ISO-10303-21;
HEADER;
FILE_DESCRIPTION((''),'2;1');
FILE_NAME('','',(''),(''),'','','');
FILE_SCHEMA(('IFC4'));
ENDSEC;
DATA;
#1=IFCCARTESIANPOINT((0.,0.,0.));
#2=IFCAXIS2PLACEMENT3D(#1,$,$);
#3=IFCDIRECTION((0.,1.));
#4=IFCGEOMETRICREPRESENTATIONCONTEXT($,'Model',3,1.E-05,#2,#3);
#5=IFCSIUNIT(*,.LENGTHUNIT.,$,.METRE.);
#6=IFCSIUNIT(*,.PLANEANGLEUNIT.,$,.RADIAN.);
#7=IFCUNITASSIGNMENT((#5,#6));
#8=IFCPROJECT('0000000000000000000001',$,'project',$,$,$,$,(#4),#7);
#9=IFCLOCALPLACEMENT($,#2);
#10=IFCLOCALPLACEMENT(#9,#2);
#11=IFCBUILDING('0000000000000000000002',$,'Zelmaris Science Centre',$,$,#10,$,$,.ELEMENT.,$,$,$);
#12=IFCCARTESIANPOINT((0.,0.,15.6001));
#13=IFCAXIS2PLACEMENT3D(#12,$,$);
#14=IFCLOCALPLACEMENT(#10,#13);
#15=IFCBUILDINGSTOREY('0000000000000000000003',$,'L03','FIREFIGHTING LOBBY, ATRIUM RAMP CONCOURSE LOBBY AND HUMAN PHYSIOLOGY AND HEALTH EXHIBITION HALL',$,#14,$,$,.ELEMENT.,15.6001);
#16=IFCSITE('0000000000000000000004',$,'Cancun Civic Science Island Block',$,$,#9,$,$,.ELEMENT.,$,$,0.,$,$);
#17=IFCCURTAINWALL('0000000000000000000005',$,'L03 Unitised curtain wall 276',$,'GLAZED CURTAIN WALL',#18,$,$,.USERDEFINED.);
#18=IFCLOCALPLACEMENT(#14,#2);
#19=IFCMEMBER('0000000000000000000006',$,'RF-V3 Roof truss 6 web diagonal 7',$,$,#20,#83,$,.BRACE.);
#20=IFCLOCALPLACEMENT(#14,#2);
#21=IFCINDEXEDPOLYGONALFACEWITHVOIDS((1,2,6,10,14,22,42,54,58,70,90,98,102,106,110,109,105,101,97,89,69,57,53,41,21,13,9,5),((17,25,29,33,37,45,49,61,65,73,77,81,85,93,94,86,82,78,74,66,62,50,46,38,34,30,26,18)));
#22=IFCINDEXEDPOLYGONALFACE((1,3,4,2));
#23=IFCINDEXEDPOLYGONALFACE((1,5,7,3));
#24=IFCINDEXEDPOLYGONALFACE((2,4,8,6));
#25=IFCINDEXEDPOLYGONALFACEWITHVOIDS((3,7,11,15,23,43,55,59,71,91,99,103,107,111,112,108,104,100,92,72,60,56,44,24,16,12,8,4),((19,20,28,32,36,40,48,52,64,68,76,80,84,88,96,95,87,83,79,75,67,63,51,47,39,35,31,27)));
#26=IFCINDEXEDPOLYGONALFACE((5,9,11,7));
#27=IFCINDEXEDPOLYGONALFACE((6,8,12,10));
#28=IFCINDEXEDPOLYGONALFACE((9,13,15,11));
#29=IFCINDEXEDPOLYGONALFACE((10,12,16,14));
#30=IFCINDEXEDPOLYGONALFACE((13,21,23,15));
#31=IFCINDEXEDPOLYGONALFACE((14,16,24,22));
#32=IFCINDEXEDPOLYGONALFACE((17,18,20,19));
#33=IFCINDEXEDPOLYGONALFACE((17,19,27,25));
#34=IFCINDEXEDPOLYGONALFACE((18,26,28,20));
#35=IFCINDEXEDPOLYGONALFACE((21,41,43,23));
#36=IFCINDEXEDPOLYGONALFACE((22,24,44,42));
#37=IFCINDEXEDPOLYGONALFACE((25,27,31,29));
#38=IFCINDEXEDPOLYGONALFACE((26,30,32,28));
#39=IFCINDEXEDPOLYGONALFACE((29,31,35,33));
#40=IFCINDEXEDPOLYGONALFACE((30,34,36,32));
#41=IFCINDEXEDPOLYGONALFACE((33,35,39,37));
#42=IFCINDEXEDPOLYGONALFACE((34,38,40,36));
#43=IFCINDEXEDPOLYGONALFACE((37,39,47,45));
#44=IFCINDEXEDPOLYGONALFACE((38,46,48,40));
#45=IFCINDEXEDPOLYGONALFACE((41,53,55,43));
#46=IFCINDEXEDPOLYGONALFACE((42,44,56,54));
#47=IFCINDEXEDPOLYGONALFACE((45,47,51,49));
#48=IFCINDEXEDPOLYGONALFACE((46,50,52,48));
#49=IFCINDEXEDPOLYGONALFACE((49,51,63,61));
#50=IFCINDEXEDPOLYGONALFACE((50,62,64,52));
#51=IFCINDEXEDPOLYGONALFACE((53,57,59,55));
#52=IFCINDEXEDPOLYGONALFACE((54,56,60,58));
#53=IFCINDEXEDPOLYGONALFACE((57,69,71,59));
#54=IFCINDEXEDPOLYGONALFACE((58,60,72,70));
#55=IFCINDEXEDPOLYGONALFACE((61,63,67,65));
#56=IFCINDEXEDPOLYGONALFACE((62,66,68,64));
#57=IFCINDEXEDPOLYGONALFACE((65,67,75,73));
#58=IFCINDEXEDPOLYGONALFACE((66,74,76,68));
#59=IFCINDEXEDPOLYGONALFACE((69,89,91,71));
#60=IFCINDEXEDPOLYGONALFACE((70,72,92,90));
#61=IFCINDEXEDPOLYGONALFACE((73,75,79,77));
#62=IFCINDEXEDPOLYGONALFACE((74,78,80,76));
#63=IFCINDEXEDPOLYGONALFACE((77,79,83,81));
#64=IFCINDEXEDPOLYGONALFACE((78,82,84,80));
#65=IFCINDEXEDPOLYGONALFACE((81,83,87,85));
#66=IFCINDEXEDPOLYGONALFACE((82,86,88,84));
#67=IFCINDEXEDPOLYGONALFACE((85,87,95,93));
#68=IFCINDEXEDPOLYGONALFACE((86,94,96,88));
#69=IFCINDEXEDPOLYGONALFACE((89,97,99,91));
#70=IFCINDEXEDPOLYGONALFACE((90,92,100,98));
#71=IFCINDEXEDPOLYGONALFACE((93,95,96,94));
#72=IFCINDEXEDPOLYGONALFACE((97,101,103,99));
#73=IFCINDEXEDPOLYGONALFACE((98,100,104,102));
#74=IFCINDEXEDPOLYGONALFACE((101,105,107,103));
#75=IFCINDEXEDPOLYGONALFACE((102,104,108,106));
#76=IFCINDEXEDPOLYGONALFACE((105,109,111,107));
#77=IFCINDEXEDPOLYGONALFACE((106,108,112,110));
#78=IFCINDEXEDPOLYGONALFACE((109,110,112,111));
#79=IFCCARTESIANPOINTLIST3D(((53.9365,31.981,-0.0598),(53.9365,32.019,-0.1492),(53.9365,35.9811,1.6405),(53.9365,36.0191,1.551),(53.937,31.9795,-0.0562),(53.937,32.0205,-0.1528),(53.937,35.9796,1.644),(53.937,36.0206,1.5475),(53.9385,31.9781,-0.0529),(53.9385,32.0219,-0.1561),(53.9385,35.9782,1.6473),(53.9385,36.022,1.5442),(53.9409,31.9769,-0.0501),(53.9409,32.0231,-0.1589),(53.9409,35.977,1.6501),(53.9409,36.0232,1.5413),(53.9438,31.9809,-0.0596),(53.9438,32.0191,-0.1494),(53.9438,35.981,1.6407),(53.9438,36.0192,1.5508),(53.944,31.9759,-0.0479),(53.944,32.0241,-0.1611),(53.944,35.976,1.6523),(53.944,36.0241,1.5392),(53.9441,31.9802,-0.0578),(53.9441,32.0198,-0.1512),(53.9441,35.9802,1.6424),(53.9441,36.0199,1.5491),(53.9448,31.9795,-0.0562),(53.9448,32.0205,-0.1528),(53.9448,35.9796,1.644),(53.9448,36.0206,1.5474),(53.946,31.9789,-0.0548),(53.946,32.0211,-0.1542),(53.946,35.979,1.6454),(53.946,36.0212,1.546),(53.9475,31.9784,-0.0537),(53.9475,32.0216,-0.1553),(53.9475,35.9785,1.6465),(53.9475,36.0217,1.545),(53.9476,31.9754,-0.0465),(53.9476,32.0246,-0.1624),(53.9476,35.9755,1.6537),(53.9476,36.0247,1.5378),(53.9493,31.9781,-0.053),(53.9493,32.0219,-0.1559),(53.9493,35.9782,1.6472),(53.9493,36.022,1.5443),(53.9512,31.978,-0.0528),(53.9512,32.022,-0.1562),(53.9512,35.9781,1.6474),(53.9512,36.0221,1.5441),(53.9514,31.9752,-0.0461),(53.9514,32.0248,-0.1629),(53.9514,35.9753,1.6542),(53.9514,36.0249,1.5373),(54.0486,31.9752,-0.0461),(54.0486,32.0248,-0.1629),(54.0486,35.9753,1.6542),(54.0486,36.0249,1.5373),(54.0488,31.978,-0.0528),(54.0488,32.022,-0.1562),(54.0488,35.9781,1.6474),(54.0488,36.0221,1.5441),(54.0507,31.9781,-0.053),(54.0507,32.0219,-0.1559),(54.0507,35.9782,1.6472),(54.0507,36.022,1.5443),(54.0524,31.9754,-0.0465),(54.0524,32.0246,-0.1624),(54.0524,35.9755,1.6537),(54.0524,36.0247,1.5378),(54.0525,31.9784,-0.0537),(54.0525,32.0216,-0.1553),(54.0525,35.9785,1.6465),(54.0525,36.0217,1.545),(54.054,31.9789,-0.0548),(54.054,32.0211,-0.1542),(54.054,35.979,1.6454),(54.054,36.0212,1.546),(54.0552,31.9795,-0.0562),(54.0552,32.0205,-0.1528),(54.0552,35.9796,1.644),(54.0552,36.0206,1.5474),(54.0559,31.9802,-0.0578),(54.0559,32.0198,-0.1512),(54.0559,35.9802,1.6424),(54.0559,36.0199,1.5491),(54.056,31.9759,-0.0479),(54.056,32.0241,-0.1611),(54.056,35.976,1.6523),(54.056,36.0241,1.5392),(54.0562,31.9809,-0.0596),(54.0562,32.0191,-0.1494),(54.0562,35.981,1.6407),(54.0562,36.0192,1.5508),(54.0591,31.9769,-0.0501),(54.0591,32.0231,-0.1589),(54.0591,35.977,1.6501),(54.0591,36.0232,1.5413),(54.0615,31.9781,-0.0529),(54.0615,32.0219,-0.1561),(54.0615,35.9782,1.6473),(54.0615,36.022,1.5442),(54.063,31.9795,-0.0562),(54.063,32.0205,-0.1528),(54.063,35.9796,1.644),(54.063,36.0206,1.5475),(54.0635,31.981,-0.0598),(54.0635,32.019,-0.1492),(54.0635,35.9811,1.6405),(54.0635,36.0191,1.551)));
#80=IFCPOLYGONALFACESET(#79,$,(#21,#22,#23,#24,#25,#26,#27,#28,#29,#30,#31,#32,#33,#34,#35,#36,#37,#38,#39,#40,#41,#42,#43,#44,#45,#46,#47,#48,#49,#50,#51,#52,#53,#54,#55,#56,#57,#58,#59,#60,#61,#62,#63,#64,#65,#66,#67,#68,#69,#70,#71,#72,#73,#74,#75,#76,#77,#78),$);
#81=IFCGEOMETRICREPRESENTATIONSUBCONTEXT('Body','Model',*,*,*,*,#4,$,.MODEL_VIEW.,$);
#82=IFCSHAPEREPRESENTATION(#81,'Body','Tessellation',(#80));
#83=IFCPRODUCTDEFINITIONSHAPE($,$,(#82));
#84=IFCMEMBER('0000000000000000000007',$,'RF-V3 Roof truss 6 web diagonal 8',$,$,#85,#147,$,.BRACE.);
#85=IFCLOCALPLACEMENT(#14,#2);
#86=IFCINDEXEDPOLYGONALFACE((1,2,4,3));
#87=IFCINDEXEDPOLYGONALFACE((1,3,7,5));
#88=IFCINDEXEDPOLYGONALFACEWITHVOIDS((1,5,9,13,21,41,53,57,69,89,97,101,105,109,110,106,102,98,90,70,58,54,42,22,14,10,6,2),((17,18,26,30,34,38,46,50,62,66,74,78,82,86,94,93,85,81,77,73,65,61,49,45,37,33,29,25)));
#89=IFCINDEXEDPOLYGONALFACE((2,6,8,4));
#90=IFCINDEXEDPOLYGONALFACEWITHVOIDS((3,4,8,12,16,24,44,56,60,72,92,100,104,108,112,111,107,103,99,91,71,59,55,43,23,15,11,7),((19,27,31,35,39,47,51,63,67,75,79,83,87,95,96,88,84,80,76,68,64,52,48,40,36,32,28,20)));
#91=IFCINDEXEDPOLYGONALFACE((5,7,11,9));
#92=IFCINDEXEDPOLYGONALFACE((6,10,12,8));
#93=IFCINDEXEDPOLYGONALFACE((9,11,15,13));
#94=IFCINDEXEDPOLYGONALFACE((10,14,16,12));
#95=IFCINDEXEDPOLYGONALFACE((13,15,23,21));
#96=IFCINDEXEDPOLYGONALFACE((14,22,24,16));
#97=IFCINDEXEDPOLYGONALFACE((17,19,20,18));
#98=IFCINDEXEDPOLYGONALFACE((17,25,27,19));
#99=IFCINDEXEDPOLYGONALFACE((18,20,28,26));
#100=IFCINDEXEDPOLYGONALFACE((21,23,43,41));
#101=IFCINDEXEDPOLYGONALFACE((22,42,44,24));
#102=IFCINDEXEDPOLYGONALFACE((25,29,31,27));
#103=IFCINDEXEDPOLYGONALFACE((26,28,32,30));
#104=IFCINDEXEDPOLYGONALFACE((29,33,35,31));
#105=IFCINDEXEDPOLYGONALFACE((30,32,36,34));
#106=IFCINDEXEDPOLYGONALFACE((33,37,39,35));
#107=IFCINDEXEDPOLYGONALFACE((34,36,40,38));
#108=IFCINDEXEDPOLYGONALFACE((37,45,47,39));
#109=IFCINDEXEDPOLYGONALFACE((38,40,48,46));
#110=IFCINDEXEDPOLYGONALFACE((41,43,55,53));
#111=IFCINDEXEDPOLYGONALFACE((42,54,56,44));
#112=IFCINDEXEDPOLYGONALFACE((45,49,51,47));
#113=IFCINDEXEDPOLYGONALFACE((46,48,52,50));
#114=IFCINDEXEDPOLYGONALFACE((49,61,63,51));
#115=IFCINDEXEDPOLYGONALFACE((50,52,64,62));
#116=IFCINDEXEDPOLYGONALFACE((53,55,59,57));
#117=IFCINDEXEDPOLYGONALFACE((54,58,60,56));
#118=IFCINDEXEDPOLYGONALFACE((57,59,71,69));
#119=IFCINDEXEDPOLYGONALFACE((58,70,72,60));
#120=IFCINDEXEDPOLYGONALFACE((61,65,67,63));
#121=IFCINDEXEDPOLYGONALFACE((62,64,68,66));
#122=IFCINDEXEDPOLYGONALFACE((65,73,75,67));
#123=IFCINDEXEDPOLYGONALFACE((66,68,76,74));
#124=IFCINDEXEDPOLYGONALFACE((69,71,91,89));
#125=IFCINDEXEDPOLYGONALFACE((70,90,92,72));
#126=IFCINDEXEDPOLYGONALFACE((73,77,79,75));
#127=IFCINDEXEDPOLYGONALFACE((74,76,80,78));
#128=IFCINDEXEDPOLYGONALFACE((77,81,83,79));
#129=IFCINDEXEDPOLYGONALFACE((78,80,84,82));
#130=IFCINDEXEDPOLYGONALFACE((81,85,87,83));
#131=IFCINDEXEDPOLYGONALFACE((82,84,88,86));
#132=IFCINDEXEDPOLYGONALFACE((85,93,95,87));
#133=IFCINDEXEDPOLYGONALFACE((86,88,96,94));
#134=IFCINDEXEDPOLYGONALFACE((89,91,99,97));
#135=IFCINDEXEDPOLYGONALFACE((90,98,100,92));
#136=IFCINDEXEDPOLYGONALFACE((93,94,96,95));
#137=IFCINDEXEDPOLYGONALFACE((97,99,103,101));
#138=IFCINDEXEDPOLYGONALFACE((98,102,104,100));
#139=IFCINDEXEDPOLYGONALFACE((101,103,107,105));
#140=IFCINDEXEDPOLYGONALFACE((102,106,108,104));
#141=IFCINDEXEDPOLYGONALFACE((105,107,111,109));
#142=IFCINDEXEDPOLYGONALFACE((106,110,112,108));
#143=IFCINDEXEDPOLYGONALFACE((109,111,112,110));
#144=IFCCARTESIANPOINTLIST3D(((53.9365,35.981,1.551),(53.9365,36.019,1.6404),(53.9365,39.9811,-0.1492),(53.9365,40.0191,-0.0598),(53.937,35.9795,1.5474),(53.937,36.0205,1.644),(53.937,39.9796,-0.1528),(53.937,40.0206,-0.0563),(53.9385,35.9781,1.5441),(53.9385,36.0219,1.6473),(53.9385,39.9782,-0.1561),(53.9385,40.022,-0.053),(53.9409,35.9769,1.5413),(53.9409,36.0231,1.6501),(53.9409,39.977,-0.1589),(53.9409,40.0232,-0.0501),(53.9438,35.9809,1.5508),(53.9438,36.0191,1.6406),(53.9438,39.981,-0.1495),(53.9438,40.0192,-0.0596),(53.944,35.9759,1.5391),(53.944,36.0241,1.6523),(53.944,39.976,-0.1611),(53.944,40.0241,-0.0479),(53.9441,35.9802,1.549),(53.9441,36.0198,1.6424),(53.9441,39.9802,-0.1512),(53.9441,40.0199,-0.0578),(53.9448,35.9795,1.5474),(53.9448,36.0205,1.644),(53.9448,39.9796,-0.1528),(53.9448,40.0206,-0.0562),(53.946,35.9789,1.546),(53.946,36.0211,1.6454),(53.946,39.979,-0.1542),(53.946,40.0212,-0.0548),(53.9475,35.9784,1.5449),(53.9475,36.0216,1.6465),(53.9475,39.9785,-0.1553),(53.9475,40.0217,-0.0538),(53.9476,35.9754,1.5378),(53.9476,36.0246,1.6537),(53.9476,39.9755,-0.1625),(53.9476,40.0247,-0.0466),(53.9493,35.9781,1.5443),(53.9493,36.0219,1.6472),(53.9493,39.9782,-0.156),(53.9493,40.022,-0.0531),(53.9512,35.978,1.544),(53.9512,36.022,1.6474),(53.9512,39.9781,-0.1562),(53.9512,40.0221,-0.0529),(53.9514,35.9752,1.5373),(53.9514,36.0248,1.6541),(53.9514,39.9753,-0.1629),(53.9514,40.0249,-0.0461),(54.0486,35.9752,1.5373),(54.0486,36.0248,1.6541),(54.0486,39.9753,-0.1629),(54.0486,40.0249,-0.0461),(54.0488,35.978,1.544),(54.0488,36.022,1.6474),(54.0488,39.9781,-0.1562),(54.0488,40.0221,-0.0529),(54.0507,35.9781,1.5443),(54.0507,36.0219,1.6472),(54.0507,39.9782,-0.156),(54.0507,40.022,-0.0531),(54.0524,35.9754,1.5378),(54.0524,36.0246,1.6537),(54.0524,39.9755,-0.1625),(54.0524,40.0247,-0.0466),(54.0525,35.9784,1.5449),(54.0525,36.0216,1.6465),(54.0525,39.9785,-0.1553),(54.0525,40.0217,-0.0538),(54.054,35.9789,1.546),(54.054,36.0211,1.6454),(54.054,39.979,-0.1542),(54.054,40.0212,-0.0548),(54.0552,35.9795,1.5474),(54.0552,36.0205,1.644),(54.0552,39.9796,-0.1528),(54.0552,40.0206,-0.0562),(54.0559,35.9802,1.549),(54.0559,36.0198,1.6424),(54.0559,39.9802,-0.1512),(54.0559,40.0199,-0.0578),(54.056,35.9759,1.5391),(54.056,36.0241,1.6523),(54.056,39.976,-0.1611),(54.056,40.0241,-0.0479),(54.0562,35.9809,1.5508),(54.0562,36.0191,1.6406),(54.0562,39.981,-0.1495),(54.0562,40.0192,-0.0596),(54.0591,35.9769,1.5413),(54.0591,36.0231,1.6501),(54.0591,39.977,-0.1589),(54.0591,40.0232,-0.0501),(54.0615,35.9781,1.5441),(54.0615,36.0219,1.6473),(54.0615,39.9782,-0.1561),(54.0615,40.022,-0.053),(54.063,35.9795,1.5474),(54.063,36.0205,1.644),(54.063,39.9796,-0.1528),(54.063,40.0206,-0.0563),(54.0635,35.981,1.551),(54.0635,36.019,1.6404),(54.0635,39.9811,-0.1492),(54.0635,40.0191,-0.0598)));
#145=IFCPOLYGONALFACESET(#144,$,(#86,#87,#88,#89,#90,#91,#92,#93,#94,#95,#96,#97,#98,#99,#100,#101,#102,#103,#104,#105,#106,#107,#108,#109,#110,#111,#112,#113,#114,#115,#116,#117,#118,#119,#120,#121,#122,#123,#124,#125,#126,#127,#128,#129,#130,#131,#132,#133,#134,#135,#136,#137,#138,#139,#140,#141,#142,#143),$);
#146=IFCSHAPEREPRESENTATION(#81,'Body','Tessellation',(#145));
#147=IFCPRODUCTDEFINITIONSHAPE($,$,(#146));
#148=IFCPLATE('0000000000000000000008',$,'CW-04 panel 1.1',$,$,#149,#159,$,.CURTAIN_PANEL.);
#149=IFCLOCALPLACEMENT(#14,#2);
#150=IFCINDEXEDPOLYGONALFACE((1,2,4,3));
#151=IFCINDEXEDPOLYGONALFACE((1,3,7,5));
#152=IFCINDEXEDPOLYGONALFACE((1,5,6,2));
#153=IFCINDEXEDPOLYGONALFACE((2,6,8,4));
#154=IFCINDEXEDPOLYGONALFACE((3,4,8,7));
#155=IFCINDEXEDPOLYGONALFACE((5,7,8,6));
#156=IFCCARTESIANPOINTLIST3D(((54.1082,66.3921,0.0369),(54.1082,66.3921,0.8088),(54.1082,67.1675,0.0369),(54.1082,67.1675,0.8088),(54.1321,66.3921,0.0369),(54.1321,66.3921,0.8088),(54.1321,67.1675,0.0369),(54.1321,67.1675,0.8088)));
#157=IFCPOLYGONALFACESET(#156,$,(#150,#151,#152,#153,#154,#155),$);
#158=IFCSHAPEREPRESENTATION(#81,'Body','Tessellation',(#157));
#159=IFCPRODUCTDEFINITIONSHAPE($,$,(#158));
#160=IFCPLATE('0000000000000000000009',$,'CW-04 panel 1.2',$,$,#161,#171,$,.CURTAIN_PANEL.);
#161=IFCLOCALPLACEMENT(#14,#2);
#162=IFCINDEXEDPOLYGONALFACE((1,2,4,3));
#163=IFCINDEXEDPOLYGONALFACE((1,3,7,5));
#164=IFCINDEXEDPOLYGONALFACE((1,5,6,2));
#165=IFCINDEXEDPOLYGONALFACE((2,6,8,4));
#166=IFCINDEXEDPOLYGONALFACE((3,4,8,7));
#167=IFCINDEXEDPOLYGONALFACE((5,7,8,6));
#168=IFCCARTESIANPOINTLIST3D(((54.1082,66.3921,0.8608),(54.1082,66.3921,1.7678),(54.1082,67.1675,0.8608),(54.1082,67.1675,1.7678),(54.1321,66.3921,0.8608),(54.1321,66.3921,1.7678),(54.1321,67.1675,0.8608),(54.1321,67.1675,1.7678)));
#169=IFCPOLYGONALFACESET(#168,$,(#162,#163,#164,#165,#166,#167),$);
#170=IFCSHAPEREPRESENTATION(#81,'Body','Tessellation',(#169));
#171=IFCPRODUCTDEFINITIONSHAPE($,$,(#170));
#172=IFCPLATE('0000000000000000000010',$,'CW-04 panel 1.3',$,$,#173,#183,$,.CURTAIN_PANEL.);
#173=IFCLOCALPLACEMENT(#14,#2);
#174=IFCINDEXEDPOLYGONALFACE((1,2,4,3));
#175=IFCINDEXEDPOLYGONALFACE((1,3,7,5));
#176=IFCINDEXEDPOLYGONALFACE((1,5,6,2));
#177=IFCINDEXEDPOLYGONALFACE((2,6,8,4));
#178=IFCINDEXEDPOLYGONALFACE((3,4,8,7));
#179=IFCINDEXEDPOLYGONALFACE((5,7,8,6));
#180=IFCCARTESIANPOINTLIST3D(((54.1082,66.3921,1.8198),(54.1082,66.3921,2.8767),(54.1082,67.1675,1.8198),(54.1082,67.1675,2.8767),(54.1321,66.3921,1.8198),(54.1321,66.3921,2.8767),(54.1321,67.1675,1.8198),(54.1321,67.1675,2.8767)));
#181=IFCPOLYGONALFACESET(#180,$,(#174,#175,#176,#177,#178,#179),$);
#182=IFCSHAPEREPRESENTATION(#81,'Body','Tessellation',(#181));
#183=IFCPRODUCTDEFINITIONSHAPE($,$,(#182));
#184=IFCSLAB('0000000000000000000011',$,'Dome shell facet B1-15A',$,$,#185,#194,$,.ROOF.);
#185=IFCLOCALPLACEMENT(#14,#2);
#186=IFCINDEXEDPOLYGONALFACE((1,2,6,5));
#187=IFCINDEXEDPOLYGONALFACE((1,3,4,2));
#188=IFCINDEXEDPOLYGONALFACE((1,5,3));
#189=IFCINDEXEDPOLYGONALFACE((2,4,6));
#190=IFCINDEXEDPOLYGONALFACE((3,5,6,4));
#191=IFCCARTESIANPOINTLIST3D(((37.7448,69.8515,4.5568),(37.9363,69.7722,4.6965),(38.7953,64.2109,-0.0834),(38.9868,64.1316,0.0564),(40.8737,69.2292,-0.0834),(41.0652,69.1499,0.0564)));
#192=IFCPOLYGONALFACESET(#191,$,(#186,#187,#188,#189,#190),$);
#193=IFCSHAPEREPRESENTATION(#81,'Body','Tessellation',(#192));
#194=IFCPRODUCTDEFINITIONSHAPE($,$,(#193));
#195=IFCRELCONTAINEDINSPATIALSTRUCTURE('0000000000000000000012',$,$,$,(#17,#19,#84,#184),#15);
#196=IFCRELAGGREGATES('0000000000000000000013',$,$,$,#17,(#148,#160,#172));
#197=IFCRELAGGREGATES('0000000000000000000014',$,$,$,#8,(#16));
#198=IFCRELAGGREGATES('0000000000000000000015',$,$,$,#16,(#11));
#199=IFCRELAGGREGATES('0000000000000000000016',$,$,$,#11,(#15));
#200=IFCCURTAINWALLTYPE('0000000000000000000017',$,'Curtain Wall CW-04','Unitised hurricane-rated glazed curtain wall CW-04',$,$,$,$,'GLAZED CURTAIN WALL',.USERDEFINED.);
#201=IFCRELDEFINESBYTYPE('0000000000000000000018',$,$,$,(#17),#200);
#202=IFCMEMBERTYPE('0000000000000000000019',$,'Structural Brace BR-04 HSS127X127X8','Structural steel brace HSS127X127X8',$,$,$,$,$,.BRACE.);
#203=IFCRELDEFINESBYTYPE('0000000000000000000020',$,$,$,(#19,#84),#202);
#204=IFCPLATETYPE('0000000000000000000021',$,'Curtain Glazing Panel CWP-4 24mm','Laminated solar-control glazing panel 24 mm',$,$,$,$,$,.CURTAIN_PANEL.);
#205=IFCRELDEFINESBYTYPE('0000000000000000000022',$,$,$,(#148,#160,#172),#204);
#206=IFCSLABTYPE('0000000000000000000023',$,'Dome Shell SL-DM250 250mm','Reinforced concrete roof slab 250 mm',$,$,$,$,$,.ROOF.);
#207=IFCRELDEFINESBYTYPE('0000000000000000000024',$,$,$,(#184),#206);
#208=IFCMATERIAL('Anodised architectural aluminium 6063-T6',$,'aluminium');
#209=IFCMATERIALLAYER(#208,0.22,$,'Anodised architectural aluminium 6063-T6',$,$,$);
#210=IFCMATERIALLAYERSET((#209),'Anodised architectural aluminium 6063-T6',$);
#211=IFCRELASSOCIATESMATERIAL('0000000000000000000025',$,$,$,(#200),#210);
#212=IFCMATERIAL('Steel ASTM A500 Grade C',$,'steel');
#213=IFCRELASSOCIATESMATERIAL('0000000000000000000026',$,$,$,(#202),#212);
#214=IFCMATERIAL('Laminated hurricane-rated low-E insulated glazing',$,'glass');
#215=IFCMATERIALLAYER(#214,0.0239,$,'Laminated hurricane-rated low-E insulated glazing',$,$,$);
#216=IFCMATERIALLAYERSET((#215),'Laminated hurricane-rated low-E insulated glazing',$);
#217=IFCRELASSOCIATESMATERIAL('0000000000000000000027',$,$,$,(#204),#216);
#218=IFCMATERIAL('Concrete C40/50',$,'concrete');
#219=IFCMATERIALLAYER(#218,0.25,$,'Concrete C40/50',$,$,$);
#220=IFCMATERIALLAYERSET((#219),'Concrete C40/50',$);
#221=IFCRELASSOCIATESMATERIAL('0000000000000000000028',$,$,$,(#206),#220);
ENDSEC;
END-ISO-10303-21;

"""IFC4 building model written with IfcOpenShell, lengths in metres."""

from ifc_helpers import new_model, si_unit, direction, frame, origin, origin_2d, place, context, subcontext, project, spatial, polyline, rectangle, hollow_rectangle, outline, extrude, material, layer, layer_set, material_profile, profile_set, type_object, element, aggregate, save


model = new_model("IFC4")

# Units and contexts
model_context = context("Model", 3, precision=1e-05, world=origin(), true_north=direction((0.0, 1.0)))
body_context = subcontext(model_context, "Body", "Model", "MODEL_VIEW")
ifc_project = project(units=[si_unit("LENGTHUNIT", "METRE"), si_unit("PLANEANGLEUNIT", "RADIAN")], contexts=[model_context])

# Site, building, storey
site_placement = place(None, origin())
site = spatial("IfcSite", under=ifc_project, at=site_placement, Name="Cancun Civic Science Island Block", CompositionType="ELEMENT", RefElevation=0.0)
building_placement = place(site_placement, origin())
building = spatial("IfcBuilding", under=site, at=building_placement, Name="Zelmaris Science Centre", CompositionType="ELEMENT")
storey_placement = place(building_placement, frame((0.0, 0.0, 15.6001)))
storey = spatial("IfcBuildingStorey", under=building, at=storey_placement, Name="L03", Description="FIREFIGHTING LOBBY, ATRIUM RAMP CONCOURSE LOBBY AND HUMAN PHYSIOLOGY AND HEALTH EXHIBITION HALL", CompositionType="ELEMENT", Elevation=15.6001)

# Curtain wall
ifc_material_1 = material(Name="Anodised architectural aluminium 6063-T6", Category="aluminium")
ifc_layer_1 = layer(ifc_material_1, 0.22, Name="Anodised architectural aluminium 6063-T6")
ifc_layer_set_1 = layer_set([ifc_layer_1], Name="Anodised architectural aluminium 6063-T6")
curtain_wall_type = type_object("IfcCurtainWallType", Name="Curtain Wall CW-04", Description="Unitised hurricane-rated glazed curtain wall CW-04", ElementType="GLAZED CURTAIN WALL", PredefinedType="USERDEFINED", material=ifc_layer_set_1)
curtain_wall_placement = place(storey_placement, origin())
curtain_wall = element("IfcCurtainWall", 1, at=curtain_wall_placement, inside=storey, type_object=curtain_wall_type, Name="L03 Unitised curtain wall 276", ObjectType="GLAZED CURTAIN WALL", PredefinedType="USERDEFINED")

# Shared definitions
ifc_material_2 = material(Name="Steel ASTM A500 Grade C", Category="steel")

# Members
ifc_material_profile_1 = material_profile(ifc_material_2, hollow_rectangle(XDim=0.127, YDim=0.127, WallThickness=0.0073, InnerFilletRadius=0.0073, OuterFilletRadius=0.0149, at=origin_2d()), Name="HSS127X127X8")
ifc_profile_set_1 = profile_set([ifc_material_profile_1], Name="Steel ASTM A500 Grade C")
member_type_1 = type_object("IfcMemberType", Name="Structural Brace BR-04 HSS127X127X8", Description="Structural steel brace HSS127X127X8", PredefinedType="BRACE", material=ifc_profile_set_1)
for number, where, z_axis, x_axis, name in (
    (2, (54.0, 32.0, -0.1045), (0.0, 0.920315, 0.391179), (-1.0, 0.0, 0.0), "RF-V3 Roof truss 6 web diagonal 7"),
    (3, (54.0, 36.0, 1.5957), (0.0, 0.920315, -0.391179), (-1.0, 0.0, 0.0), "RF-V3 Roof truss 6 web diagonal 8"),
):
    element("IfcMember", number, at=place(storey_placement, frame(where, z_axis=z_axis, x_axis=x_axis)), inside=storey, type_object=member_type_1, Name=name, PredefinedType="BRACE", context=body_context, shape_type="SweptSolid", body=[
        extrude(hollow_rectangle(XDim=0.127, YDim=0.127, WallThickness=0.0073, InnerFilletRadius=0.0073, OuterFilletRadius=0.0149, at=origin_2d()), origin(), (0.0, 0.0, 1.0), 4.3464),
    ])

# Plates
ifc_material_3 = material(Name="Laminated hurricane-rated low-E insulated glazing", Category="glass")
ifc_layer_2 = layer(ifc_material_3, 0.0239, Name="Laminated hurricane-rated low-E insulated glazing")
ifc_layer_set_2 = layer_set([ifc_layer_2], Name="Laminated hurricane-rated low-E insulated glazing")
plate_type = type_object("IfcPlateType", Name="Curtain Glazing Panel CWP-4 24mm", Description="Laminated solar-control glazing panel 24 mm", PredefinedType="CURTAIN_PANEL", material=ifc_layer_set_2)
plate_1_placement = place(storey_placement, frame((54.1201, 66.7798, 0.0369), z_axis=(0.0, 0.0, 1.0), x_axis=(0.0, 1.0, 0.0)))
plate_1 = element("IfcPlate", 4, at=plate_1_placement, type_object=plate_type, Name="CW-04 panel 1.1", PredefinedType="CURTAIN_PANEL", context=body_context, shape_type="SweptSolid", body=[
    extrude(rectangle(XDim=0.7754, YDim=0.0239, at=origin_2d()), origin(), (0.0, 0.0, 1.0), 0.772),
])
plate_2_placement = place(storey_placement, frame((54.1201, 66.7798, 0.8608), z_axis=(0.0, 0.0, 1.0), x_axis=(0.0, 1.0, 0.0)))
plate_2 = element("IfcPlate", 5, at=plate_2_placement, type_object=plate_type, Name="CW-04 panel 1.2", PredefinedType="CURTAIN_PANEL", context=body_context, shape_type="SweptSolid", body=[
    extrude(rectangle(XDim=0.7754, YDim=0.0239, at=origin_2d()), origin(), (0.0, 0.0, 1.0), 0.907),
])
plate_3_placement = place(storey_placement, frame((54.1201, 66.7798, 1.8198), z_axis=(0.0, 0.0, 1.0), x_axis=(0.0, 1.0, 0.0)))
plate_3 = element("IfcPlate", 6, at=plate_3_placement, type_object=plate_type, Name="CW-04 panel 1.3", PredefinedType="CURTAIN_PANEL", context=body_context, shape_type="SweptSolid", body=[
    extrude(rectangle(XDim=0.7754, YDim=0.0239, at=origin_2d()), origin(), (0.0, 0.0, 1.0), 1.0569),
])
aggregate(curtain_wall, [plate_1, plate_2, plate_3])

# Slab
ifc_material_4 = material(Name="Concrete C40/50", Category="concrete")
ifc_layer_3 = layer(ifc_material_4, 0.25, Name="Concrete C40/50")
ifc_layer_set_3 = layer_set([ifc_layer_3], Name="Concrete C40/50")
slab_type = type_object("IfcSlabType", Name="Dome Shell SL-DM250 250mm", Description="Reinforced concrete roof slab 250 mm", PredefinedType="ROOF", material=ifc_layer_set_3)
slab_placement = place(storey_placement, frame((38.9868, 64.1316, 0.0564), z_axis=(0.766015, -0.317251, 0.559082), x_axis=(0.382639, 0.923898, 0.0)))
element("IfcSlab", 7, at=slab_placement, inside=storey, type_object=slab_type, Name="Dome shell facet B1-15A", PredefinedType="ROOF", context=body_context, shape_type="SweptSolid", body=[
    extrude(outline(polyline([(0.0, 0.0), (5.4317, 0.0), (4.8094, 5.5965), (0.0, 0.0)])), origin(), (0.0, 0.0, -1.0), 0.25),
])

save(model, "model.ifc")
